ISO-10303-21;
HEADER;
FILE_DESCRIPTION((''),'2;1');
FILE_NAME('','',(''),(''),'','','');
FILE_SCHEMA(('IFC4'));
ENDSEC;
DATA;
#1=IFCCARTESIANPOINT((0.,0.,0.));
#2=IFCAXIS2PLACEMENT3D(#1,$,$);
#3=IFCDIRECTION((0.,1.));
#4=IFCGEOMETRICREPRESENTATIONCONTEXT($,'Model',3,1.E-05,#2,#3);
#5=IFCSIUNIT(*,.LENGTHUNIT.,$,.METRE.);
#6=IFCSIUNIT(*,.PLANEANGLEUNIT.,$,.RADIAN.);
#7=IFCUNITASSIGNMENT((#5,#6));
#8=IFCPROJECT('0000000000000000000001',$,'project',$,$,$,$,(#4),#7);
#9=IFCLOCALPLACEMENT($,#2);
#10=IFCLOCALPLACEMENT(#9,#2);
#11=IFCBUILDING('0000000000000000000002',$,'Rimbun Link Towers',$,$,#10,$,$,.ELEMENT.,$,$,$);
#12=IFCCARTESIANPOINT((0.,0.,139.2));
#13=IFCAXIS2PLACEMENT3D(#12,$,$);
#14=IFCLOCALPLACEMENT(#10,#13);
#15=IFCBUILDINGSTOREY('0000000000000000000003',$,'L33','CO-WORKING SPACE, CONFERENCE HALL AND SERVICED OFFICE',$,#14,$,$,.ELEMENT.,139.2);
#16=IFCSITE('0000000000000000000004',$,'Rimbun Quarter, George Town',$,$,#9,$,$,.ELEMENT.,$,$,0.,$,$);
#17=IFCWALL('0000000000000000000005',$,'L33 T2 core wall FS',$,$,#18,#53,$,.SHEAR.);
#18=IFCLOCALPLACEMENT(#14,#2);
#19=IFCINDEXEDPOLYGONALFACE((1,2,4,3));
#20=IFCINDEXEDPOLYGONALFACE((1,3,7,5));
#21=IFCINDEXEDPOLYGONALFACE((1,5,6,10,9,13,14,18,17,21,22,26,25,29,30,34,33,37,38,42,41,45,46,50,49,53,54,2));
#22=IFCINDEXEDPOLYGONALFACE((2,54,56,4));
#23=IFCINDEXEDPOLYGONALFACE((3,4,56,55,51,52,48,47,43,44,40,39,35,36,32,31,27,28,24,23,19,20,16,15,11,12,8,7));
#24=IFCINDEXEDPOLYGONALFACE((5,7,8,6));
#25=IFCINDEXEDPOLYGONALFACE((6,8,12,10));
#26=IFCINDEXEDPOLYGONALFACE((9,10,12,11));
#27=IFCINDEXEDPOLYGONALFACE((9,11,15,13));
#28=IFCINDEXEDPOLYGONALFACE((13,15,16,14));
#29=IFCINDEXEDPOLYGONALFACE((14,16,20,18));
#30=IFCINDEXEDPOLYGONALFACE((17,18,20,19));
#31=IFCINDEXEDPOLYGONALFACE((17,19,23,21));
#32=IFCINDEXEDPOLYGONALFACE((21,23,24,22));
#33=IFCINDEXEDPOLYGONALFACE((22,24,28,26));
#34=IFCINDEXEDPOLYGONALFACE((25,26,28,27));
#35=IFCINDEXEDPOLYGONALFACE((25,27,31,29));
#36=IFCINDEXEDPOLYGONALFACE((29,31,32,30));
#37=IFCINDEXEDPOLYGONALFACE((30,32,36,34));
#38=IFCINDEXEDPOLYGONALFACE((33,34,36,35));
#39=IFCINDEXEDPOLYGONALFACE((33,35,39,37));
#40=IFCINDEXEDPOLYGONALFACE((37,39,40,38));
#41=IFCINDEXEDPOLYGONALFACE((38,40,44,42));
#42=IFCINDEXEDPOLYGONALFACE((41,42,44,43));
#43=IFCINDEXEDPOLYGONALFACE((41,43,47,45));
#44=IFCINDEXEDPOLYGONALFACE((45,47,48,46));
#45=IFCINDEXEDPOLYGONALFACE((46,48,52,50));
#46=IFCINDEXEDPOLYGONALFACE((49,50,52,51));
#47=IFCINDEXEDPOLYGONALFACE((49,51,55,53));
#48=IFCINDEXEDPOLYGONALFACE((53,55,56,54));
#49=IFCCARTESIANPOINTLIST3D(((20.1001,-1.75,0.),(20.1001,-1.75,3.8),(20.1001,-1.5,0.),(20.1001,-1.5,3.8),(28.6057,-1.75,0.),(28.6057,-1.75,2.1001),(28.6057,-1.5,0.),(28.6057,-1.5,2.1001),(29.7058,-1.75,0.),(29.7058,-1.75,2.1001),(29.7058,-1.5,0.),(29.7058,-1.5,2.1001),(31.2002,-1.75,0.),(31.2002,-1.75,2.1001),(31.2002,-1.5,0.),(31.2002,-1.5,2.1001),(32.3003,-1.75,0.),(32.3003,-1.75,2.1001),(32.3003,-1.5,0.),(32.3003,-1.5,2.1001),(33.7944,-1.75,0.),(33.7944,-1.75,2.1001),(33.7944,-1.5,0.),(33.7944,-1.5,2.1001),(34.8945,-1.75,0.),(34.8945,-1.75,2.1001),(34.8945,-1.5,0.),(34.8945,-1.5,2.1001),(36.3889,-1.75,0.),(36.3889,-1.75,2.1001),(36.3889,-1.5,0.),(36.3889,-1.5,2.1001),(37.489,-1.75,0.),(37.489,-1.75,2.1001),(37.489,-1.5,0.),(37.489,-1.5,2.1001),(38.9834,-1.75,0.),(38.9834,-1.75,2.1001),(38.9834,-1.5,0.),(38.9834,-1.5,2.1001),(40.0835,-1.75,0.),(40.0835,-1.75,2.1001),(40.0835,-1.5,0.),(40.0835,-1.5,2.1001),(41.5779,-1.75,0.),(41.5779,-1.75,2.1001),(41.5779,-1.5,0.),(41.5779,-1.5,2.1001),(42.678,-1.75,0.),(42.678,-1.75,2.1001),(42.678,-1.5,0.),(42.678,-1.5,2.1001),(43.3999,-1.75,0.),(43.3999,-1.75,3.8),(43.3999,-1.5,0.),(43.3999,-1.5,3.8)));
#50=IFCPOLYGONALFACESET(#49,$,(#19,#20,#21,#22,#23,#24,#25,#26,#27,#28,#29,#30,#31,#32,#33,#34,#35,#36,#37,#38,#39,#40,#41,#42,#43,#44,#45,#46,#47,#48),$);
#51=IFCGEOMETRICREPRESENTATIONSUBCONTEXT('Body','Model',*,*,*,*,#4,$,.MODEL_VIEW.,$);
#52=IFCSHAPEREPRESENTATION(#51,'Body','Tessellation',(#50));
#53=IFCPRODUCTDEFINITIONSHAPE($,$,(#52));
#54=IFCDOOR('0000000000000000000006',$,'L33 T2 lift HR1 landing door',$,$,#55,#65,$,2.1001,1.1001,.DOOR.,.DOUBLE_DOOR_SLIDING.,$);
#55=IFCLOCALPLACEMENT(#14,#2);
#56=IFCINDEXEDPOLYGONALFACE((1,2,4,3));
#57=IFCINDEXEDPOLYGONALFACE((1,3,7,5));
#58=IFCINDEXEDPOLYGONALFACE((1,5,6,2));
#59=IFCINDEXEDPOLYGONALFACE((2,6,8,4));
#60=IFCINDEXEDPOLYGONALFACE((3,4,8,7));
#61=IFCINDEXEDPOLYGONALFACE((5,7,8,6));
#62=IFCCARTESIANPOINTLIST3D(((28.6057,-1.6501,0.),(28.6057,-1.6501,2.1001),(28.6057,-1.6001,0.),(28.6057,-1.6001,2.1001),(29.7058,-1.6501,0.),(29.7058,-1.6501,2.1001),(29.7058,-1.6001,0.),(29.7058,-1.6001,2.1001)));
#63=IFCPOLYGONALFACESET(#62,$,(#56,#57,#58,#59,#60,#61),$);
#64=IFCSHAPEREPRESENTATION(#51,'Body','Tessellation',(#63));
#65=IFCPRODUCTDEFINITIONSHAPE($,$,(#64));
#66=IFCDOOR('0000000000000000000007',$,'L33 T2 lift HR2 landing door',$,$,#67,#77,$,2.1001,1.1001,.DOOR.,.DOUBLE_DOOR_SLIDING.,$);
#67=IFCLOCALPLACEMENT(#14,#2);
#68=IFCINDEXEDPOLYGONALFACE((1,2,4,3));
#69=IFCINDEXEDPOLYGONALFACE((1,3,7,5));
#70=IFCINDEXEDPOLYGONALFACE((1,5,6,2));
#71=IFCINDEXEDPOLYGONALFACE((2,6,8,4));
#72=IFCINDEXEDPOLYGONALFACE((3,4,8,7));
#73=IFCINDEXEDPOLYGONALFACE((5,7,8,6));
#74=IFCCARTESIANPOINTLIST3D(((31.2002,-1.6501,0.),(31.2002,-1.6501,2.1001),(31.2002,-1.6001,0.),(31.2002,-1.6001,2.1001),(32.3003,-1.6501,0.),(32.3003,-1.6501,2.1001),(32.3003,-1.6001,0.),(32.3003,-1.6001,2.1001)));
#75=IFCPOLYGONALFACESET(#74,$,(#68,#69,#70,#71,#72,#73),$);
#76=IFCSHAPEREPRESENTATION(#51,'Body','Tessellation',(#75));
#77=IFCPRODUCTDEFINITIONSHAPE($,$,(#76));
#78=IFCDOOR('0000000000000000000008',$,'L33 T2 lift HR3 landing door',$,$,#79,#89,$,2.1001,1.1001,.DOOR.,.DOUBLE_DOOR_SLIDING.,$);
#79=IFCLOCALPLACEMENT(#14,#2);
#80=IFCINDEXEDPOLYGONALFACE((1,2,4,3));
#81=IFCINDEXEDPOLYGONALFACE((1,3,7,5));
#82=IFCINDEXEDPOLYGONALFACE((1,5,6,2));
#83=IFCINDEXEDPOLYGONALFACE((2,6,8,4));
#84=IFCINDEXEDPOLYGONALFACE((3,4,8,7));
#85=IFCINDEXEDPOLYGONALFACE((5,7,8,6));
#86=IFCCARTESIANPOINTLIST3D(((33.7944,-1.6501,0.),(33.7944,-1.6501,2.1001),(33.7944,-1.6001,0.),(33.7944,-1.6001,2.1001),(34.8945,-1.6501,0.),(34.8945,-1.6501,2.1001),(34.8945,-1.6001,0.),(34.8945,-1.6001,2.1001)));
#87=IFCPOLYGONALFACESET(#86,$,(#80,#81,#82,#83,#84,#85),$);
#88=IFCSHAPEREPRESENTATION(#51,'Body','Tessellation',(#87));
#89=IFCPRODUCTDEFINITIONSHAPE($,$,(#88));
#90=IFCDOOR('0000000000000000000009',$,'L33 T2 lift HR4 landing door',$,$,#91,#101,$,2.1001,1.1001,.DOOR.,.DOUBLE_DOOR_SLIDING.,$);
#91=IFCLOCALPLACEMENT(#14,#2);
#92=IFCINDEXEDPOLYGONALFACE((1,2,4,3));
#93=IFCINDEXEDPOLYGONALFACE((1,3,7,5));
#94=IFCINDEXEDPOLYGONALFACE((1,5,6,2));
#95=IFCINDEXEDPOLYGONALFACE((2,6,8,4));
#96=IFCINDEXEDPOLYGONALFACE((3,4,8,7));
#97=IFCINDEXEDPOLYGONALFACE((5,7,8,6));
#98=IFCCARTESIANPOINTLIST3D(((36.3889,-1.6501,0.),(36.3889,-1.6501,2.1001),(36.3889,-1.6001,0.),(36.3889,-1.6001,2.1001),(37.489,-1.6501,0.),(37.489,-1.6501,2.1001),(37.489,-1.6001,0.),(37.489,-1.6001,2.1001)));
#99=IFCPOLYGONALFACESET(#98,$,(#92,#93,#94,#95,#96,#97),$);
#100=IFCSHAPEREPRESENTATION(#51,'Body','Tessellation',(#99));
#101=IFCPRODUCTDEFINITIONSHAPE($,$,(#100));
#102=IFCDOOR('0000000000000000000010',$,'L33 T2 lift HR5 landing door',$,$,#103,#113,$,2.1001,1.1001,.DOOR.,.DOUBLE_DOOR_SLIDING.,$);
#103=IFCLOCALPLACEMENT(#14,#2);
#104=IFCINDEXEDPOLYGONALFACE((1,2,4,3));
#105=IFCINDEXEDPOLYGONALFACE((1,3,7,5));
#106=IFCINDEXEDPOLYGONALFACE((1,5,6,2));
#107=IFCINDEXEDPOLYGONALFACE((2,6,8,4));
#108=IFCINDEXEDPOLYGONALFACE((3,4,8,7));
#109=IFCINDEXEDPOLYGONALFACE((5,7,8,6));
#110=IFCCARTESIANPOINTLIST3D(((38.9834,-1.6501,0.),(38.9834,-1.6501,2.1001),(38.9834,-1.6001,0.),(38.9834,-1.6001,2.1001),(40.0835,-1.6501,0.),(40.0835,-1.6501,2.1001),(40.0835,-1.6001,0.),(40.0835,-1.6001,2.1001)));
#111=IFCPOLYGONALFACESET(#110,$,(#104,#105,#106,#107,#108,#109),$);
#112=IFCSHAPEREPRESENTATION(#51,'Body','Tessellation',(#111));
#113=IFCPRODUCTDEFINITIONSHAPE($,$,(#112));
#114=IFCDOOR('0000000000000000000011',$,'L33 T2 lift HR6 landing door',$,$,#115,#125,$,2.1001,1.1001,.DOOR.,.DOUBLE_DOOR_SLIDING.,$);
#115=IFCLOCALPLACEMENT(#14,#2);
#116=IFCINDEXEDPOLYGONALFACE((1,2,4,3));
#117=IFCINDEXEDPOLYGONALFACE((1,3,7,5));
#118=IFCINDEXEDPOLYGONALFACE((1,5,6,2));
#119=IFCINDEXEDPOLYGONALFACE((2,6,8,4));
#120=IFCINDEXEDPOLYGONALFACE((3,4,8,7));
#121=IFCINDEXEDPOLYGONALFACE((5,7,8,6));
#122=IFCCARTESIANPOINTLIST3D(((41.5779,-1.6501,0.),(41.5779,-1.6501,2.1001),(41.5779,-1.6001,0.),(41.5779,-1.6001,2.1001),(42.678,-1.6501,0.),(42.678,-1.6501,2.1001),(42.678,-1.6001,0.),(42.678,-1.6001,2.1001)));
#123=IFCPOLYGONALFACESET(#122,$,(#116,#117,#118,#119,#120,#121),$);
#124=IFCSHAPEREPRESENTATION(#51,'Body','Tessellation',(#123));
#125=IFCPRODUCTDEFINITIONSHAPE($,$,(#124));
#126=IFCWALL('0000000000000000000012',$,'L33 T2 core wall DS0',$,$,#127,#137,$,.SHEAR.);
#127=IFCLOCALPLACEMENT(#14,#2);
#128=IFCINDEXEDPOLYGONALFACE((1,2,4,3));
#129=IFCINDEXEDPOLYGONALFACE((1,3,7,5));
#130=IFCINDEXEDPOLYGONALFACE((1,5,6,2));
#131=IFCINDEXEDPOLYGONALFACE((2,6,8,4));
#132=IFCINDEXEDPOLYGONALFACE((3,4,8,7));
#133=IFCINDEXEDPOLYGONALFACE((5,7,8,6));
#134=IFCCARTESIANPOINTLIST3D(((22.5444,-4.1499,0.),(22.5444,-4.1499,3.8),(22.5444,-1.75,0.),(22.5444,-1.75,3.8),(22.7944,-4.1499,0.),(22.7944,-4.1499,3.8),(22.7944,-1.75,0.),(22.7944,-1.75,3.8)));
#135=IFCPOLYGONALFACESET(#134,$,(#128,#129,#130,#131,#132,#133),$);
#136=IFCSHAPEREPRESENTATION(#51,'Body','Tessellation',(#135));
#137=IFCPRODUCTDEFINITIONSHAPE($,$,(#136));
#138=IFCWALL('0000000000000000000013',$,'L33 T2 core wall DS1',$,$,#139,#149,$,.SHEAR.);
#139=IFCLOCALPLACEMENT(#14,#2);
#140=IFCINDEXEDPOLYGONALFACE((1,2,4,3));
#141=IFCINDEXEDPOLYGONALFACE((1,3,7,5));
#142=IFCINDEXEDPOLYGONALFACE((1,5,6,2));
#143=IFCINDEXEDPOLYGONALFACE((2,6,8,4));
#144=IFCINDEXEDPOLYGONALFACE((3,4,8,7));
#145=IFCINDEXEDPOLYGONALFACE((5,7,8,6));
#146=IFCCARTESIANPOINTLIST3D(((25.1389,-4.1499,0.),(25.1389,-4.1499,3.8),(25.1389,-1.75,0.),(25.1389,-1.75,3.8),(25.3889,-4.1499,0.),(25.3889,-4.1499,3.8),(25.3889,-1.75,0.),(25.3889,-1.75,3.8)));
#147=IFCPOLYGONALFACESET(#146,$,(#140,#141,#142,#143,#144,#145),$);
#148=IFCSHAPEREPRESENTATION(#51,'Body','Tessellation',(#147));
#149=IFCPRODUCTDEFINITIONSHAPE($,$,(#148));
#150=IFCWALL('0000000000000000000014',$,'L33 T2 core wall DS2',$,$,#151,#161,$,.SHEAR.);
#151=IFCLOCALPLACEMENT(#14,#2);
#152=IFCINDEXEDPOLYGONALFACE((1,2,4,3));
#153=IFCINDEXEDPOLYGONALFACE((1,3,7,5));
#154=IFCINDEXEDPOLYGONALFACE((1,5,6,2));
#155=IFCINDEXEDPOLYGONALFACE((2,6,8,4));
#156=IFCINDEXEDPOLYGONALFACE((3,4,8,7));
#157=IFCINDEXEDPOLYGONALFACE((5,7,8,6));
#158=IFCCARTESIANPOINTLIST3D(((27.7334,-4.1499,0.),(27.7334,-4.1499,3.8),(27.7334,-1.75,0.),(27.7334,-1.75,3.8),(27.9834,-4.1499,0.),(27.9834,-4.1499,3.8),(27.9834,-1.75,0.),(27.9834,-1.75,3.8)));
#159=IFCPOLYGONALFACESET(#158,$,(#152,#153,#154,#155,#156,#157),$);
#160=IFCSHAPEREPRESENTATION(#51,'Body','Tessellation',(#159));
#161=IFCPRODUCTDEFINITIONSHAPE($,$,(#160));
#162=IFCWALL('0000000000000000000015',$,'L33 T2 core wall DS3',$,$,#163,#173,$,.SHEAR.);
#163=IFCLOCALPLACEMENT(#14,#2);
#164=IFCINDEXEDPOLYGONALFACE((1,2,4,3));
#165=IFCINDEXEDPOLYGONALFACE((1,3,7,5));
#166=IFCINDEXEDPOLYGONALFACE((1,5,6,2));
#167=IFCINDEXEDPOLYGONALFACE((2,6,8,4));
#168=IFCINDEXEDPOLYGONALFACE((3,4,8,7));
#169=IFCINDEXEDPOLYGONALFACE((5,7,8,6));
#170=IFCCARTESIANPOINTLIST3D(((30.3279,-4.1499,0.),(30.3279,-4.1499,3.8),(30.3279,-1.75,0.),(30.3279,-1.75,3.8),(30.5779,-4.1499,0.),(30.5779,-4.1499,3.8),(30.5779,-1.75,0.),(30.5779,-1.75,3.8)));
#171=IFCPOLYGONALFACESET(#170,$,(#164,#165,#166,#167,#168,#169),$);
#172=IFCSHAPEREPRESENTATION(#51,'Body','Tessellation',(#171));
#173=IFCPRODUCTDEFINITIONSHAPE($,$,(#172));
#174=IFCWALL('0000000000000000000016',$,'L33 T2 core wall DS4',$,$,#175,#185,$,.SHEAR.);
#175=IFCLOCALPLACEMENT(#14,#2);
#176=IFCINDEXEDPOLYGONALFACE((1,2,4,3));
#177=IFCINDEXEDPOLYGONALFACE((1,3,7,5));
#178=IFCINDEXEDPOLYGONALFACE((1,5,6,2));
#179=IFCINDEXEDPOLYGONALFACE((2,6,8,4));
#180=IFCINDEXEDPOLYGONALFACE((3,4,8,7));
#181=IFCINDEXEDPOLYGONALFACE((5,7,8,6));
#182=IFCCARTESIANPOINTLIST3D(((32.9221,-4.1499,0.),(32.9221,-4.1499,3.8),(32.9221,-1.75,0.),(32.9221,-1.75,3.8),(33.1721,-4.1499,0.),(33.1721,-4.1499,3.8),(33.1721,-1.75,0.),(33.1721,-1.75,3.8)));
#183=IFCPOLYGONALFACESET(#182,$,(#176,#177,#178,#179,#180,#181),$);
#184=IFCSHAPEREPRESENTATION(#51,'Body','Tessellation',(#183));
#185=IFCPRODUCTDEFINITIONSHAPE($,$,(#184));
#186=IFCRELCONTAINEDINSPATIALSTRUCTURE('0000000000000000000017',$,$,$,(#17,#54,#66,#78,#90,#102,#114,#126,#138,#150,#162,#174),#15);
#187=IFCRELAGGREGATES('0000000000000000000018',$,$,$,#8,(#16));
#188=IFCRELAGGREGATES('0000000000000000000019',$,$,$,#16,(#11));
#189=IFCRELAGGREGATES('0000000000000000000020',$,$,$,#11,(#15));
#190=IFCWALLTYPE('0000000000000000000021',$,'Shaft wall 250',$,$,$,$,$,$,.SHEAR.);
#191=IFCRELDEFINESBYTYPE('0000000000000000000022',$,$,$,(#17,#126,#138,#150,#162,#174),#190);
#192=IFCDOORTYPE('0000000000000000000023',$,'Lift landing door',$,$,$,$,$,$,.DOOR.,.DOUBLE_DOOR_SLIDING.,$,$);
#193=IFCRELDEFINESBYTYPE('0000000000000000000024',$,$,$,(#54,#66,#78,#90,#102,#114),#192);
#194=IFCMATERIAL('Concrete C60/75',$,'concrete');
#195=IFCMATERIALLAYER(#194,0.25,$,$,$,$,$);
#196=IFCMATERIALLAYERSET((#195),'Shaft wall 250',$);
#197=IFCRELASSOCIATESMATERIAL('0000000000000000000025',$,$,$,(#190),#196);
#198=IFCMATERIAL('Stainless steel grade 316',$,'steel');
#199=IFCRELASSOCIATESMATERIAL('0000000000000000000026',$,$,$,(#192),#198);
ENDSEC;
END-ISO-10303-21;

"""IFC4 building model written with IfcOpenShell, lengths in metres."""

from ifc_helpers import new_model, si_unit, direction, frame, frame_2d, origin, place, context, subcontext, project, spatial, rectangle, extrude, material, layer, layer_set, type_object, element, fill, save


model = new_model("IFC4")

# Units and contexts
model_context = context("Model", 3, precision=1e-05, world=origin(), true_north=direction((0.0, 1.0)))
body_context = subcontext(model_context, "Body", "Model", "MODEL_VIEW")
ifc_project = project(units=[si_unit("LENGTHUNIT", "METRE"), si_unit("PLANEANGLEUNIT", "RADIAN")], contexts=[model_context])

# Site, building, storey
site_placement = place(None, origin())
site = spatial("IfcSite", under=ifc_project, at=site_placement, Name="Rimbun Quarter, George Town", CompositionType="ELEMENT", RefElevation=0.0)
building_placement = place(site_placement, origin())
building = spatial("IfcBuilding", under=site, at=building_placement, Name="Rimbun Link Towers", CompositionType="ELEMENT")
storey_placement = place(building_placement, frame((0.0, 0.0, 139.2)))
storey = spatial("IfcBuildingStorey", under=building, at=storey_placement, Name="L33", Description="CO-WORKING SPACE, CONFERENCE HALL AND SERVICED OFFICE", CompositionType="ELEMENT", Elevation=139.2)

# Shared definitions
ifc_material_1 = material(Name="Concrete C60/75", Category="concrete")
ifc_layer_1 = layer(ifc_material_1, 0.25)
ifc_layer_set_1 = layer_set([ifc_layer_1], Name="Shaft wall 250")
wall_type_1 = type_object("IfcWallType", Name="Shaft wall 250", PredefinedType="SHEAR", material=ifc_layer_set_1)

# Wall, openings, doors
wall_1_placement = place(storey_placement, frame((20.1001, -1.625, 0.0), z_axis=(0.0, 0.0, 1.0), x_axis=(1.0, 0.0, 0.0)))
wall_1 = element("IfcWall", 1, at=wall_1_placement, inside=storey, type_object=wall_type_1, Name="L33 T2 core wall FS", PredefinedType="SHEAR", context=body_context, shape_type="SweptSolid", body=[
    extrude(rectangle(XDim=23.2998, YDim=0.25, at=frame_2d((11.6499, 0.0))), origin(), (0.0, 0.0, 1.0), 3.8),
])
opening_1_placement = place(wall_1_placement, frame((8.5056, 0.0, 0.0)))
opening_1 = element("IfcOpeningElement", 2, at=opening_1_placement, cuts=wall_1, PredefinedType="OPENING", context=body_context, shape_type="SweptSolid", body=[
    extrude(rectangle(XDim=1.1001, YDim=2.1001, at=frame_2d((0.55, 1.05))), frame((0.0, 0.135, 0.0), z_axis=(0.0, -1.0, 0.0), x_axis=(1.0, 0.0, 0.0)), (0.0, 0.0, 1.0), 0.27),
])
opening_2_placement = place(wall_1_placement, frame((11.1001, 0.0, 0.0)))
opening_2 = element("IfcOpeningElement", 3, at=opening_2_placement, cuts=wall_1, PredefinedType="OPENING", context=body_context, shape_type="SweptSolid", body=[
    extrude(rectangle(XDim=1.1001, YDim=2.1001, at=frame_2d((0.55, 1.05))), frame((0.0, 0.135, 0.0), z_axis=(0.0, -1.0, 0.0), x_axis=(1.0, 0.0, 0.0)), (0.0, 0.0, 1.0), 0.27),
])
opening_3_placement = place(wall_1_placement, frame((13.6943, 0.0, 0.0)))
opening_3 = element("IfcOpeningElement", 4, at=opening_3_placement, cuts=wall_1, PredefinedType="OPENING", context=body_context, shape_type="SweptSolid", body=[
    extrude(rectangle(XDim=1.1001, YDim=2.1001, at=frame_2d((0.55, 1.05))), frame((0.0, 0.135, 0.0), z_axis=(0.0, -1.0, 0.0), x_axis=(1.0, 0.0, 0.0)), (0.0, 0.0, 1.0), 0.27),
])
opening_4_placement = place(wall_1_placement, frame((16.2888, 0.0, 0.0)))
opening_4 = element("IfcOpeningElement", 5, at=opening_4_placement, cuts=wall_1, PredefinedType="OPENING", context=body_context, shape_type="SweptSolid", body=[
    extrude(rectangle(XDim=1.1001, YDim=2.1001, at=frame_2d((0.55, 1.05))), frame((0.0, 0.135, 0.0), z_axis=(0.0, -1.0, 0.0), x_axis=(1.0, 0.0, 0.0)), (0.0, 0.0, 1.0), 0.27),
])
opening_5_placement = place(wall_1_placement, frame((18.8833, 0.0, 0.0)))
opening_5 = element("IfcOpeningElement", 6, at=opening_5_placement, cuts=wall_1, PredefinedType="OPENING", context=body_context, shape_type="SweptSolid", body=[
    extrude(rectangle(XDim=1.1001, YDim=2.1001, at=frame_2d((0.55, 1.05))), frame((0.0, 0.135, 0.0), z_axis=(0.0, -1.0, 0.0), x_axis=(1.0, 0.0, 0.0)), (0.0, 0.0, 1.0), 0.27),
])
opening_6_placement = place(wall_1_placement, frame((21.4778, 0.0, 0.0)))
opening_6 = element("IfcOpeningElement", 7, at=opening_6_placement, cuts=wall_1, PredefinedType="OPENING", context=body_context, shape_type="SweptSolid", body=[
    extrude(rectangle(XDim=1.1001, YDim=2.1001, at=frame_2d((0.55, 1.05))), frame((0.0, 0.135, 0.0), z_axis=(0.0, -1.0, 0.0), x_axis=(1.0, 0.0, 0.0)), (0.0, 0.0, 1.0), 0.27),
])
ifc_material_2 = material(Name="Stainless steel grade 316", Category="steel")
door_type_1 = type_object("IfcDoorType", Name="Lift landing door", OperationType="DOUBLE_DOOR_SLIDING", PredefinedType="DOOR", material=ifc_material_2)
door_1_placement = place(opening_1_placement, origin())
door_1 = element("IfcDoor", 8, at=door_1_placement, inside=storey, type_object=door_type_1, Name="L33 T2 lift HR1 landing door", OperationType="DOUBLE_DOOR_SLIDING", OverallHeight=2.1001, OverallWidth=1.1001, PredefinedType="DOOR", context=body_context, shape_type="SweptSolid", body=[
    extrude(rectangle(XDim=1.1001, YDim=2.1001, at=frame_2d((0.55, 1.05))), frame((0.0, 0.0249, 0.0), z_axis=(0.0, -1.0, 0.0), x_axis=(1.0, 0.0, 0.0)), (0.0, 0.0, 1.0), 0.05),
])
fill(opening_1, door_1)
door_2_placement = place(opening_2_placement, origin())
door_2 = element("IfcDoor", 9, at=door_2_placement, inside=storey, type_object=door_type_1, Name="L33 T2 lift HR2 landing door", OperationType="DOUBLE_DOOR_SLIDING", OverallHeight=2.1001, OverallWidth=1.1001, PredefinedType="DOOR", context=body_context, shape_type="SweptSolid", body=[
    extrude(rectangle(XDim=1.1001, YDim=2.1001, at=frame_2d((0.55, 1.05))), frame((0.0, 0.0249, 0.0), z_axis=(0.0, -1.0, 0.0), x_axis=(1.0, 0.0, 0.0)), (0.0, 0.0, 1.0), 0.05),
])
fill(opening_2, door_2)
door_3_placement = place(opening_3_placement, origin())
door_3 = element("IfcDoor", 10, at=door_3_placement, inside=storey, type_object=door_type_1, Name="L33 T2 lift HR3 landing door", OperationType="DOUBLE_DOOR_SLIDING", OverallHeight=2.1001, OverallWidth=1.1001, PredefinedType="DOOR", context=body_context, shape_type="SweptSolid", body=[
    extrude(rectangle(XDim=1.1001, YDim=2.1001, at=frame_2d((0.55, 1.05))), frame((0.0, 0.0249, 0.0), z_axis=(0.0, -1.0, 0.0), x_axis=(1.0, 0.0, 0.0)), (0.0, 0.0, 1.0), 0.05),
])
fill(opening_3, door_3)
door_4_placement = place(opening_4_placement, origin())
door_4 = element("IfcDoor", 11, at=door_4_placement, inside=storey, type_object=door_type_1, Name="L33 T2 lift HR4 landing door", OperationType="DOUBLE_DOOR_SLIDING", OverallHeight=2.1001, OverallWidth=1.1001, PredefinedType="DOOR", context=body_context, shape_type="SweptSolid", body=[
    extrude(rectangle(XDim=1.1001, YDim=2.1001, at=frame_2d((0.55, 1.05))), frame((0.0, 0.0249, 0.0), z_axis=(0.0, -1.0, 0.0), x_axis=(1.0, 0.0, 0.0)), (0.0, 0.0, 1.0), 0.05),
])
fill(opening_4, door_4)
door_5_placement = place(opening_5_placement, origin())
door_5 = element("IfcDoor", 12, at=door_5_placement, inside=storey, type_object=door_type_1, Name="L33 T2 lift HR5 landing door", OperationType="DOUBLE_DOOR_SLIDING", OverallHeight=2.1001, OverallWidth=1.1001, PredefinedType="DOOR", context=body_context, shape_type="SweptSolid", body=[
    extrude(rectangle(XDim=1.1001, YDim=2.1001, at=frame_2d((0.55, 1.05))), frame((0.0, 0.0249, 0.0), z_axis=(0.0, -1.0, 0.0), x_axis=(1.0, 0.0, 0.0)), (0.0, 0.0, 1.0), 0.05),
])
fill(opening_5, door_5)
door_6_placement = place(opening_6_placement, origin())
door_6 = element("IfcDoor", 13, at=door_6_placement, inside=storey, type_object=door_type_1, Name="L33 T2 lift HR6 landing door", OperationType="DOUBLE_DOOR_SLIDING", OverallHeight=2.1001, OverallWidth=1.1001, PredefinedType="DOOR", context=body_context, shape_type="SweptSolid", body=[
    extrude(rectangle(XDim=1.1001, YDim=2.1001, at=frame_2d((0.55, 1.05))), frame((0.0, 0.0249, 0.0), z_axis=(0.0, -1.0, 0.0), x_axis=(1.0, 0.0, 0.0)), (0.0, 0.0, 1.0), 0.05),
])
fill(opening_6, door_6)

# Walls
for number, where, z_axis, x_axis, name in (
    (14, (22.6694, -4.1499, 0.0), (0.0, 0.0, 1.0), (0.0, 1.0, 0.0), "L33 T2 core wall DS0"),
    (15, (25.2639, -4.1499, 0.0), (0.0, 0.0, 1.0), (0.0, 1.0, 0.0), "L33 T2 core wall DS1"),
    (16, (27.8584, -4.1499, 0.0), (0.0, 0.0, 1.0), (0.0, 1.0, 0.0), "L33 T2 core wall DS2"),
    (17, (30.4529, -4.1499, 0.0), (0.0, 0.0, 1.0), (0.0, 1.0, 0.0), "L33 T2 core wall DS3"),
    (18, (33.0471, -4.1499, 0.0), (0.0, 0.0, 1.0), (0.0, 1.0, 0.0), "L33 T2 core wall DS4"),
):
    element("IfcWall", number, at=place(storey_placement, frame(where, z_axis=z_axis, x_axis=x_axis)), inside=storey, type_object=wall_type_1, Name=name, PredefinedType="SHEAR", context=body_context, shape_type="SweptSolid", body=[
        extrude(rectangle(XDim=2.3999, YDim=0.25, at=frame_2d((1.2, 0.0))), origin(), (0.0, 0.0, 1.0), 3.8),
    ])

save(model, "model.ifc")
